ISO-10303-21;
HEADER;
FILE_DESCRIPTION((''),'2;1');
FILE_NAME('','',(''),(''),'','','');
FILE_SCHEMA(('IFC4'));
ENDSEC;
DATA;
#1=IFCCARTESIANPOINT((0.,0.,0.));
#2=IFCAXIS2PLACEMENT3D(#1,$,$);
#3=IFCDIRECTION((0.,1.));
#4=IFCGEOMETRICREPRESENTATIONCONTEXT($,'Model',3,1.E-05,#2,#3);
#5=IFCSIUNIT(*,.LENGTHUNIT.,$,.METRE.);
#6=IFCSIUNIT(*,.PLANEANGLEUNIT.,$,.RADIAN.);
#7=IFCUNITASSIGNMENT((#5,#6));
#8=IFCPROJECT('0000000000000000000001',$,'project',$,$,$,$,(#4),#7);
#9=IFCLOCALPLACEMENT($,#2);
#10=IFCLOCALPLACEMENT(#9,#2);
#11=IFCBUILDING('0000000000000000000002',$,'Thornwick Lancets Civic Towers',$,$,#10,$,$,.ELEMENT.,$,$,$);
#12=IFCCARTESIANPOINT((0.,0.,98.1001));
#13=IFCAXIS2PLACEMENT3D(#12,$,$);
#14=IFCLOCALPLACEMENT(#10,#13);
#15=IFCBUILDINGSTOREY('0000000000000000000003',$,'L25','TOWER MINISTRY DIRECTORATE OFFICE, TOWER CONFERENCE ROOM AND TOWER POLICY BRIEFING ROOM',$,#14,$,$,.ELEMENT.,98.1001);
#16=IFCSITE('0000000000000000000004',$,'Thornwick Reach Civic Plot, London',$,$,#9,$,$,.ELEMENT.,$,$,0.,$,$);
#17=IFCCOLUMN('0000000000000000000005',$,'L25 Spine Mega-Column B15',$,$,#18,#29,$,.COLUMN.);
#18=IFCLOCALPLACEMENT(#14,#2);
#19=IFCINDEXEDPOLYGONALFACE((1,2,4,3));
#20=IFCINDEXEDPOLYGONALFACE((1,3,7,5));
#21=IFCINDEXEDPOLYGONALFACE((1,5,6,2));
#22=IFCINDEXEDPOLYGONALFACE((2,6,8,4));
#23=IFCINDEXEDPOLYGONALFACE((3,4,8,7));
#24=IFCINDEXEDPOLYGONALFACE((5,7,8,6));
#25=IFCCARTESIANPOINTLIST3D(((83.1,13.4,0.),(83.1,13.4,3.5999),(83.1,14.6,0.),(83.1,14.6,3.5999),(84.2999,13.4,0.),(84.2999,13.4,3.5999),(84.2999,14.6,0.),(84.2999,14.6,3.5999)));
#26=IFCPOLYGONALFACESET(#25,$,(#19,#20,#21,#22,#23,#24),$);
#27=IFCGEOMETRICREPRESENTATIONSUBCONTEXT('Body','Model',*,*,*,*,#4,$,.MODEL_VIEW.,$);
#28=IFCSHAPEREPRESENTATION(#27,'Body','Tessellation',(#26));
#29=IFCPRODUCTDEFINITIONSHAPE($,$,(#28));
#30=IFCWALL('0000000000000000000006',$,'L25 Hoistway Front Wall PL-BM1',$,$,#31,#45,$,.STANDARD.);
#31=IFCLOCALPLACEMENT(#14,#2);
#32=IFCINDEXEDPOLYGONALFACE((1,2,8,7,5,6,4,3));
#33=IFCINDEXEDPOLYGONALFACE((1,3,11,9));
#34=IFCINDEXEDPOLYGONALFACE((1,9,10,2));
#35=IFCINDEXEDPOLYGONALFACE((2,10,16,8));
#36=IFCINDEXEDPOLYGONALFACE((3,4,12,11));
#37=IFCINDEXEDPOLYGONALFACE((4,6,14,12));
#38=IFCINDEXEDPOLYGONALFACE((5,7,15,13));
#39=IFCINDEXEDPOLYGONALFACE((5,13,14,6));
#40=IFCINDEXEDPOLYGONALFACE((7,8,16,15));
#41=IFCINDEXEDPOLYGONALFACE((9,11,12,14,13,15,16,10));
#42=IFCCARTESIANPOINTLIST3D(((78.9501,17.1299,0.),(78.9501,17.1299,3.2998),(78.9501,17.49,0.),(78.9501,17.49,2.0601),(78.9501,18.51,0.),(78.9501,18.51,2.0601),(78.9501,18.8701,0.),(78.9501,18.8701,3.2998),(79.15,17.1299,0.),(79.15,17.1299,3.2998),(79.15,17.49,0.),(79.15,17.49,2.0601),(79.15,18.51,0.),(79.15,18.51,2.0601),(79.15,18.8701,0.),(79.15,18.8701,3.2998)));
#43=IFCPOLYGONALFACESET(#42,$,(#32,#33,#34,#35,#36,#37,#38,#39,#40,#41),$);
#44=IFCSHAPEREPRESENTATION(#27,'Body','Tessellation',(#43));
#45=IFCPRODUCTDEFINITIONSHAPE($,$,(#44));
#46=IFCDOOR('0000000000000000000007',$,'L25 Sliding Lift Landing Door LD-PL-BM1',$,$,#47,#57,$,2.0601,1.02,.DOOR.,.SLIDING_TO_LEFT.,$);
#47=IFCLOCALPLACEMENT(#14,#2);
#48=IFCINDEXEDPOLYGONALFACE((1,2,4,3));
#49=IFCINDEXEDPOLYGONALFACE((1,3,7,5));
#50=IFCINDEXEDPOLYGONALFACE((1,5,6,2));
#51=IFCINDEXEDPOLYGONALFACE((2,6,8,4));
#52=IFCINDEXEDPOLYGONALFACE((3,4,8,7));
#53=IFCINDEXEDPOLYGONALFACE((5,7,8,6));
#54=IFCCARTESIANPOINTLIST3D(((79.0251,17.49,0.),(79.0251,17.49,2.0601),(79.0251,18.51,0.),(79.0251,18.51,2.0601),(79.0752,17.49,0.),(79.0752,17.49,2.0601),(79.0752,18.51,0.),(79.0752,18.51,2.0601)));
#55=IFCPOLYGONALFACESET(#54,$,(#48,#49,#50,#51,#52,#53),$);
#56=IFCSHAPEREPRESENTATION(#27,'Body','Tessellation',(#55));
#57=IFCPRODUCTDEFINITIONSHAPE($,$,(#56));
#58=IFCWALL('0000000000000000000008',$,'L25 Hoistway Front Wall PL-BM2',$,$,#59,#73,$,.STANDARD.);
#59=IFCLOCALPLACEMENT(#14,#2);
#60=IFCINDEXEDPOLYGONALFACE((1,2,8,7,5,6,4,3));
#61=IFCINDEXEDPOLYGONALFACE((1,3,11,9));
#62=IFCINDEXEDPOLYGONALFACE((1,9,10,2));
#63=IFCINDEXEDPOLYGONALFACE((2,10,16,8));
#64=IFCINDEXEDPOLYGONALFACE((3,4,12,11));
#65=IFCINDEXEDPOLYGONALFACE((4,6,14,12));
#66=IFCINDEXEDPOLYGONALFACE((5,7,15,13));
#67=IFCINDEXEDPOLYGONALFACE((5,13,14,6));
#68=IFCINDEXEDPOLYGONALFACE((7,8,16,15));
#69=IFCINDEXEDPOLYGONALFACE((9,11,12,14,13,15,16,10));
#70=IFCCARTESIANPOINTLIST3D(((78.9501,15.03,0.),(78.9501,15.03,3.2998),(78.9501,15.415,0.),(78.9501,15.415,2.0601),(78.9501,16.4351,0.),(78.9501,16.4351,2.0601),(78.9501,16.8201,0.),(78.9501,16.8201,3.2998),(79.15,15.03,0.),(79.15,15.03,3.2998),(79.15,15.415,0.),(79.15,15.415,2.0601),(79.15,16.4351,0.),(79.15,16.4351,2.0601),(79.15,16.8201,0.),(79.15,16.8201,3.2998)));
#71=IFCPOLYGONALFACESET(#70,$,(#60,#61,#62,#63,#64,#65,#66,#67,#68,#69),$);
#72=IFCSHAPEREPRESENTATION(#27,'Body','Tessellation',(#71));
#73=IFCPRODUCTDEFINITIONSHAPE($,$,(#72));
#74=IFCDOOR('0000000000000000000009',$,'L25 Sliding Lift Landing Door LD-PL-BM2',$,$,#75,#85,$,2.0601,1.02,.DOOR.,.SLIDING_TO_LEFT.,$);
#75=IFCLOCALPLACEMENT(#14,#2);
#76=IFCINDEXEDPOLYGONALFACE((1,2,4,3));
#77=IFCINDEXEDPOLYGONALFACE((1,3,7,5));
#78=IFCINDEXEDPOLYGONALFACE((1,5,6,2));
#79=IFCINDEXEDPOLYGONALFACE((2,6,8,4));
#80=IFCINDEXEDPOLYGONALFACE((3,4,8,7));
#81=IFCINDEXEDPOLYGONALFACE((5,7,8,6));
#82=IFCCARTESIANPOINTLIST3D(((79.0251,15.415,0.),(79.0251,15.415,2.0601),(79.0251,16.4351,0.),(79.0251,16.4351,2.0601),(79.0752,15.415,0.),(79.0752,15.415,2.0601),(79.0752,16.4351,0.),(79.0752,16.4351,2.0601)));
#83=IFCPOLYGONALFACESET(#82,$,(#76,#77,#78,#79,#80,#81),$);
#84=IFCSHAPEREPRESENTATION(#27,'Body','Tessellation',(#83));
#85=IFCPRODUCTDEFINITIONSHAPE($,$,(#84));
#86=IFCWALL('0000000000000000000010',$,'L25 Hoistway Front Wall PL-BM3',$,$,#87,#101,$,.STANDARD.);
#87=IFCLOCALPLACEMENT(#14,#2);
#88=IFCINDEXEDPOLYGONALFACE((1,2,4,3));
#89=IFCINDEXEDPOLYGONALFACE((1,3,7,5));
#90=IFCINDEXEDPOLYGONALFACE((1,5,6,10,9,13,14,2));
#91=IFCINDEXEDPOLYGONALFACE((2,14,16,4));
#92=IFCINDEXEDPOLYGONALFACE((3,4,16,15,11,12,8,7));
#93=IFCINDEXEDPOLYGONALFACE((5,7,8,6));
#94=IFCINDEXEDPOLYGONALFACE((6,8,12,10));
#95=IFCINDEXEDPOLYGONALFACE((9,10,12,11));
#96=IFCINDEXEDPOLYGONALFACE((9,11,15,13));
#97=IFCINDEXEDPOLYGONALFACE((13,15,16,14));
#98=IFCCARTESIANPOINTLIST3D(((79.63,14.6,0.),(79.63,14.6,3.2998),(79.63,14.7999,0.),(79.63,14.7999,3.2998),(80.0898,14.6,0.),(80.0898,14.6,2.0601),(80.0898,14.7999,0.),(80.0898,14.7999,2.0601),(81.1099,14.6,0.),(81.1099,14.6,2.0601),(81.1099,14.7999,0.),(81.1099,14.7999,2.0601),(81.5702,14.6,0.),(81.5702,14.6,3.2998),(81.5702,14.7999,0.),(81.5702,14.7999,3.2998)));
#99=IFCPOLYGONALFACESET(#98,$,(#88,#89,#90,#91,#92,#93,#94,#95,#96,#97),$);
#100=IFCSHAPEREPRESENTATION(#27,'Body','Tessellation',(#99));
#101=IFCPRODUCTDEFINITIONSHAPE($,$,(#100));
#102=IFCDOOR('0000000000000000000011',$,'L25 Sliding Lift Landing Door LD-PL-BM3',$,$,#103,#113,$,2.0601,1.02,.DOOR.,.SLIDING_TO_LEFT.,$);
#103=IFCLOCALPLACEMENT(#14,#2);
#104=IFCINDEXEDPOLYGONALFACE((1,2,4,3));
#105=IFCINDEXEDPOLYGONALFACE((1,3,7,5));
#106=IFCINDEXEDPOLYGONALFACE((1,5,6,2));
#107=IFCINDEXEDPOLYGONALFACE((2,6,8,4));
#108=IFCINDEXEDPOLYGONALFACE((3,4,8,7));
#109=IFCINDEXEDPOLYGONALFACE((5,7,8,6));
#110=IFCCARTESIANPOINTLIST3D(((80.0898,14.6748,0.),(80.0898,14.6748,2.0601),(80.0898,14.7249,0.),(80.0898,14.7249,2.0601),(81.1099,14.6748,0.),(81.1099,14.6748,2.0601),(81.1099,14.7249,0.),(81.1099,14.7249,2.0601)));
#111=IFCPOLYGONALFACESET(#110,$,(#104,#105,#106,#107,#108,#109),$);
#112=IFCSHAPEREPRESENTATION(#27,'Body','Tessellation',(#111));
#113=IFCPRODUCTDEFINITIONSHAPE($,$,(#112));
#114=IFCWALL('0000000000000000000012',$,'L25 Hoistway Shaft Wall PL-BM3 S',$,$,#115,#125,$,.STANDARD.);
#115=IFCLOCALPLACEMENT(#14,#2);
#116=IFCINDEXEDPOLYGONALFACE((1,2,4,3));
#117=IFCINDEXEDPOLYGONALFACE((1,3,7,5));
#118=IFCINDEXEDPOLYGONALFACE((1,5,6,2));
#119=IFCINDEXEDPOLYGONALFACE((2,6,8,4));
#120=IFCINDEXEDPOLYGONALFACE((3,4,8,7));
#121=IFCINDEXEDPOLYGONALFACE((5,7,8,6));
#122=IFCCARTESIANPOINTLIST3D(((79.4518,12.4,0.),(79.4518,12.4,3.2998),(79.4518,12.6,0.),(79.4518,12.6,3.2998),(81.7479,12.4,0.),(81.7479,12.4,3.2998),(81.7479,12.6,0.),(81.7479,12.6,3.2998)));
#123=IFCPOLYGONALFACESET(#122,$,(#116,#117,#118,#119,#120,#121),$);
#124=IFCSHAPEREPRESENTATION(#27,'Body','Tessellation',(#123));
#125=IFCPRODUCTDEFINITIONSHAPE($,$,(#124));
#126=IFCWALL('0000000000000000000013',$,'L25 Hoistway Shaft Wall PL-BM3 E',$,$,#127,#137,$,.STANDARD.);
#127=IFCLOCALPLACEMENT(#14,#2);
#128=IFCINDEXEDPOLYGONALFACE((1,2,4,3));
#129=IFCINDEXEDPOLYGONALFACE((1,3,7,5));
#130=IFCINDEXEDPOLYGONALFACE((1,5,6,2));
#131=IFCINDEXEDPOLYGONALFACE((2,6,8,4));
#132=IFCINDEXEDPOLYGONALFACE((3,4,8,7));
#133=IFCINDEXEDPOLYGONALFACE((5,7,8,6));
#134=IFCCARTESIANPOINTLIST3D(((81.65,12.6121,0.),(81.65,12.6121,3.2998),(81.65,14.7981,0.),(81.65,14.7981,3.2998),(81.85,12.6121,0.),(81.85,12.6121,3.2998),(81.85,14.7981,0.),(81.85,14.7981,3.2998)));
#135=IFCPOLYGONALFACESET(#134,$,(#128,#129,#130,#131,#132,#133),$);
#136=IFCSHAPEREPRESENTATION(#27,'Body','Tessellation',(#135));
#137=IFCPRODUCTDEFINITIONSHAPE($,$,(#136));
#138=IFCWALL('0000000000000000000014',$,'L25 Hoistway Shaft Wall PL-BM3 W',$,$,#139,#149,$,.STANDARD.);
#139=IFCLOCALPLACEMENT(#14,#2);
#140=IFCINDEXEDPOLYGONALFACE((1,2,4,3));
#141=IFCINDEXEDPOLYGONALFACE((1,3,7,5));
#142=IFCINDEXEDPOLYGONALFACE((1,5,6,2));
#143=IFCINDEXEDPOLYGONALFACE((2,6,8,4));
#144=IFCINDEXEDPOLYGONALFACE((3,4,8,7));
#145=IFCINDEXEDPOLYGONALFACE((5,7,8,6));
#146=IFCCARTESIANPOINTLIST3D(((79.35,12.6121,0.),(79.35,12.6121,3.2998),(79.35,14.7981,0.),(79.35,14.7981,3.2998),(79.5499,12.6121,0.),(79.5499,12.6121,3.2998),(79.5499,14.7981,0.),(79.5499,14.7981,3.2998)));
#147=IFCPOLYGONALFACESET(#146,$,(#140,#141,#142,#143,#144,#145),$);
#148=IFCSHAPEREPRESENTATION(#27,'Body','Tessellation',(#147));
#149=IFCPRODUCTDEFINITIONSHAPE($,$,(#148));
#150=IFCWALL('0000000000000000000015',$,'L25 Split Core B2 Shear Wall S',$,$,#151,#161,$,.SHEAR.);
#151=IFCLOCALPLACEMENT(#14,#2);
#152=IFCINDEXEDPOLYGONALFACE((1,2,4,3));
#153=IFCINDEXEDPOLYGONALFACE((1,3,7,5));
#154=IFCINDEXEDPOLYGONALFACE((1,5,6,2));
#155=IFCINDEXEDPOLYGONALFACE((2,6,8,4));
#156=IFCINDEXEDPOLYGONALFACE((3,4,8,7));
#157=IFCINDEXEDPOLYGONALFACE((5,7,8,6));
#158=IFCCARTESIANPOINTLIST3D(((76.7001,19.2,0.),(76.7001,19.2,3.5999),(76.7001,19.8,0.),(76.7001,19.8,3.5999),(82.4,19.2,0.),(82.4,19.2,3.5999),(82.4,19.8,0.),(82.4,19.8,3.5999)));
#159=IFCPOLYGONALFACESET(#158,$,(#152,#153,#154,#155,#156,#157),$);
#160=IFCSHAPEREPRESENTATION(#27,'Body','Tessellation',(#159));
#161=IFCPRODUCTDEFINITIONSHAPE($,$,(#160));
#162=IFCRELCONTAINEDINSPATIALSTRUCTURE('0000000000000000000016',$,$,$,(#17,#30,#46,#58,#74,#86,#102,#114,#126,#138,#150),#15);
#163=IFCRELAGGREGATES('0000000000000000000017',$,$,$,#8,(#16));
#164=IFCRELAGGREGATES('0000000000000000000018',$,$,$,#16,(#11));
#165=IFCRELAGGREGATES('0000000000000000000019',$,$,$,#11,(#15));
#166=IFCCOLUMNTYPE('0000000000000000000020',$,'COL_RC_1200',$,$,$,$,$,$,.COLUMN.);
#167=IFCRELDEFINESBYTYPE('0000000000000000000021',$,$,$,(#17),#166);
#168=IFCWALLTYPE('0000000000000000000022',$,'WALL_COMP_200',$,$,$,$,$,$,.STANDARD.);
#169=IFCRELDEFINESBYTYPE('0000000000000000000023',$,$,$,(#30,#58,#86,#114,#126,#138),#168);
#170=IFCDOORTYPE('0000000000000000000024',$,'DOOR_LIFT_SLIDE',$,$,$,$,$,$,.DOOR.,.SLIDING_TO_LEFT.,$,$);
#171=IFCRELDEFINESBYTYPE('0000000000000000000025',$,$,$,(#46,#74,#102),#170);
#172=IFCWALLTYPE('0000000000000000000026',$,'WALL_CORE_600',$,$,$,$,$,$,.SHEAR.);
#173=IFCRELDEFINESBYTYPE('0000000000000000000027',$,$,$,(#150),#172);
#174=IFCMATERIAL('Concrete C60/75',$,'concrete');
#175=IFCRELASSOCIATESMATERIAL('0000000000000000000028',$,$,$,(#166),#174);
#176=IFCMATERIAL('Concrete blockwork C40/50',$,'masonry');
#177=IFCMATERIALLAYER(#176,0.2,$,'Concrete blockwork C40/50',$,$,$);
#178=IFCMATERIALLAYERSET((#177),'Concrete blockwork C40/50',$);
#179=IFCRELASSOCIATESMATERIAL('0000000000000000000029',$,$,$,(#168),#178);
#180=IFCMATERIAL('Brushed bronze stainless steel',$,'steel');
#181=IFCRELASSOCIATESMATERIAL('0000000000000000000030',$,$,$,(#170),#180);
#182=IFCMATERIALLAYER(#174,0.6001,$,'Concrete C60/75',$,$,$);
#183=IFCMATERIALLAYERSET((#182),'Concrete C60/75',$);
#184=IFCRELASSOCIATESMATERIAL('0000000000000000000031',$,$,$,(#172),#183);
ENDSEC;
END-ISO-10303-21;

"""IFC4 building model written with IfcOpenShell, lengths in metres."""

from ifc_helpers import new_model, si_unit, direction, frame, frame_2d, origin, origin_2d, place, context, subcontext, project, spatial, rectangle, extrude, material, layer, layer_set, material_profile, profile_set, type_object, element, fill, save


model = new_model("IFC4")

# Units and contexts
model_context = context("Model", 3, precision=1e-05, world=origin(), true_north=direction((0.0, 1.0)))
body_context = subcontext(model_context, "Body", "Model", "MODEL_VIEW")
ifc_project = project(units=[si_unit("LENGTHUNIT", "METRE"), si_unit("PLANEANGLEUNIT", "RADIAN")], contexts=[model_context])

# Site, building, storey
site_placement = place(None, origin())
site = spatial("IfcSite", under=ifc_project, at=site_placement, Name="Thornwick Reach Civic Plot, London", CompositionType="ELEMENT", RefElevation=0.0)
building_placement = place(site_placement, origin())
building = spatial("IfcBuilding", under=site, at=building_placement, Name="Thornwick Lancets Civic Towers", CompositionType="ELEMENT")
storey_placement = place(building_placement, frame((0.0, 0.0, 98.1001)))
storey = spatial("IfcBuildingStorey", under=building, at=storey_placement, Name="L25", Description="TOWER MINISTRY DIRECTORATE OFFICE, TOWER CONFERENCE ROOM AND TOWER POLICY BRIEFING ROOM", CompositionType="ELEMENT", Elevation=98.1001)

# Column
ifc_material_1 = material(Name="Concrete C60/75", Category="concrete")
ifc_material_profile = material_profile(ifc_material_1, rectangle(XDim=1.2, YDim=1.2, at=origin_2d()), Name="RC 1200x1200")
ifc_profile_set = profile_set([ifc_material_profile], Name="Concrete C60/75")
column_type = type_object("IfcColumnType", Name="COL_RC_1200", PredefinedType="COLUMN", material=ifc_profile_set)
column_placement = place(storey_placement, frame((83.7, 14.0, 0.0), z_axis=(0.0, 0.0, 1.0), x_axis=(1.0, 0.0, 0.0)))
element("IfcColumn", 1, at=column_placement, inside=storey, type_object=column_type, Name="L25 Spine Mega-Column B15", PredefinedType="COLUMN", context=body_context, shape_type="SweptSolid", body=[
    extrude(rectangle(XDim=1.2, YDim=1.2, at=origin_2d()), origin(), (0.0, 0.0, 1.0), 3.5999),
])

# Walls, openings, doors
ifc_material_2 = material(Name="Concrete blockwork C40/50", Category="masonry")
ifc_layer_1 = layer(ifc_material_2, 0.2, Name="Concrete blockwork C40/50")
ifc_layer_set_1 = layer_set([ifc_layer_1], Name="Concrete blockwork C40/50")
wall_type_1 = type_object("IfcWallType", Name="WALL_COMP_200", PredefinedType="STANDARD", material=ifc_layer_set_1)
wall_1_placement = place(storey_placement, frame((79.05, 17.1299, 0.0), z_axis=(0.0, 0.0, 1.0), x_axis=(0.0, 1.0, 0.0)))
wall_1 = element("IfcWall", 2, at=wall_1_placement, inside=storey, type_object=wall_type_1, Name="L25 Hoistway Front Wall PL-BM1", PredefinedType="STANDARD", context=body_context, shape_type="SweptSolid", body=[
    extrude(rectangle(XDim=1.7402, YDim=0.2, at=frame_2d((0.8701, 0.0))), origin(), (0.0, 0.0, 1.0), 3.2998),
])
opening_1_placement = place(wall_1_placement, frame((0.3601, 0.0, 0.0)))
opening_1 = element("IfcOpeningElement", 3, at=opening_1_placement, cuts=wall_1, PredefinedType="OPENING", context=body_context, shape_type="SweptSolid", body=[
    extrude(rectangle(XDim=1.02, YDim=2.0601, at=frame_2d((0.51, 1.03))), frame((0.0, 0.1099, 0.0), z_axis=(0.0, -1.0, 0.0), x_axis=(1.0, 0.0, 0.0)), (0.0, 0.0, 1.0), 0.22),
])
ifc_material_3 = material(Name="Brushed bronze stainless steel", Category="steel")
door_type_1 = type_object("IfcDoorType", Name="DOOR_LIFT_SLIDE", OperationType="SLIDING_TO_LEFT", PredefinedType="DOOR", material=ifc_material_3)
door_1_placement = place(opening_1_placement, origin())
door_1 = element("IfcDoor", 4, at=door_1_placement, inside=storey, type_object=door_type_1, Name="L25 Sliding Lift Landing Door LD-PL-BM1", OperationType="SLIDING_TO_LEFT", OverallHeight=2.0601, OverallWidth=1.02, PredefinedType="DOOR", context=body_context, shape_type="SweptSolid", body=[
    extrude(rectangle(XDim=1.02, YDim=2.0601, at=frame_2d((0.51, 1.03))), frame((0.0, 0.0249, 0.0), z_axis=(0.0, -1.0, 0.0), x_axis=(1.0, 0.0, 0.0)), (0.0, 0.0, 1.0), 0.05),
])
fill(opening_1, door_1)
wall_2_placement = place(storey_placement, frame((79.05, 15.03, 0.0), z_axis=(0.0, 0.0, 1.0), x_axis=(0.0, 1.0, 0.0)))
wall_2 = element("IfcWall", 5, at=wall_2_placement, inside=storey, type_object=wall_type_1, Name="L25 Hoistway Front Wall PL-BM2", PredefinedType="STANDARD", context=body_context, shape_type="SweptSolid", body=[
    extrude(rectangle(XDim=1.79, YDim=0.2, at=frame_2d((0.895, 0.0))), origin(), (0.0, 0.0, 1.0), 3.2998),
])
opening_2_placement = place(wall_2_placement, frame((0.385, 0.0, 0.0)))
opening_2 = element("IfcOpeningElement", 6, at=opening_2_placement, cuts=wall_2, PredefinedType="OPENING", context=body_context, shape_type="SweptSolid", body=[
    extrude(rectangle(XDim=1.02, YDim=2.0601, at=frame_2d((0.51, 1.03))), frame((0.0, 0.1099, 0.0), z_axis=(0.0, -1.0, 0.0), x_axis=(1.0, 0.0, 0.0)), (0.0, 0.0, 1.0), 0.22),
])
door_2_placement = place(opening_2_placement, origin())
door_2 = element("IfcDoor", 7, at=door_2_placement, inside=storey, type_object=door_type_1, Name="L25 Sliding Lift Landing Door LD-PL-BM2", OperationType="SLIDING_TO_LEFT", OverallHeight=2.0601, OverallWidth=1.02, PredefinedType="DOOR", context=body_context, shape_type="SweptSolid", body=[
    extrude(rectangle(XDim=1.02, YDim=2.0601, at=frame_2d((0.51, 1.03))), frame((0.0, 0.0249, 0.0), z_axis=(0.0, -1.0, 0.0), x_axis=(1.0, 0.0, 0.0)), (0.0, 0.0, 1.0), 0.05),
])
fill(opening_2, door_2)
wall_3_placement = place(storey_placement, frame((79.6299, 14.7, 0.0), z_axis=(0.0, 0.0, 1.0), x_axis=(1.0, 0.0, 0.0)))
wall_3 = element("IfcWall", 8, at=wall_3_placement, inside=storey, type_object=wall_type_1, Name="L25 Hoistway Front Wall PL-BM3", PredefinedType="STANDARD", context=body_context, shape_type="SweptSolid", body=[
    extrude(rectangle(XDim=1.9402, YDim=0.2, at=frame_2d((0.9702, 0.0))), origin(), (0.0, 0.0, 1.0), 3.2998),
])
opening_3_placement = place(wall_3_placement, frame((0.46, 0.0, 0.0)))
opening_3 = element("IfcOpeningElement", 9, at=opening_3_placement, cuts=wall_3, PredefinedType="OPENING", context=body_context, shape_type="SweptSolid", body=[
    extrude(rectangle(XDim=1.02, YDim=2.0601, at=frame_2d((0.51, 1.03))), frame((0.0, 0.1099, 0.0), z_axis=(0.0, -1.0, 0.0), x_axis=(1.0, 0.0, 0.0)), (0.0, 0.0, 1.0), 0.22),
])
door_3_placement = place(opening_3_placement, origin())
door_3 = element("IfcDoor", 10, at=door_3_placement, inside=storey, type_object=door_type_1, Name="L25 Sliding Lift Landing Door LD-PL-BM3", OperationType="SLIDING_TO_LEFT", OverallHeight=2.0601, OverallWidth=1.02, PredefinedType="DOOR", context=body_context, shape_type="SweptSolid", body=[
    extrude(rectangle(XDim=1.02, YDim=2.0601, at=frame_2d((0.51, 1.03))), frame((0.0, 0.0249, 0.0), z_axis=(0.0, -1.0, 0.0), x_axis=(1.0, 0.0, 0.0)), (0.0, 0.0, 1.0), 0.05),
])
fill(opening_3, door_3)

# Walls
wall_4_placement = place(storey_placement, frame((79.4519, 12.5, 0.0), z_axis=(0.0, 0.0, 1.0), x_axis=(1.0, 0.0, 0.0)))
element("IfcWall", 11, at=wall_4_placement, inside=storey, type_object=wall_type_1, Name="L25 Hoistway Shaft Wall PL-BM3 S", PredefinedType="STANDARD", context=body_context, shape_type="SweptSolid", body=[
    extrude(rectangle(XDim=2.2961, YDim=0.2, at=frame_2d((1.1479, 0.0))), origin(), (0.0, 0.0, 1.0), 3.2998),
])
for number, where, z_axis, x_axis, name in (
    (12, (81.75, 12.6121, 0.0), (0.0, 0.0, 1.0), (0.0, 1.0, 0.0), "L25 Hoistway Shaft Wall PL-BM3 E"),
    (13, (79.45, 12.6121, 0.0), (0.0, 0.0, 1.0), (0.0, 1.0, 0.0), "L25 Hoistway Shaft Wall PL-BM3 W"),
):
    element("IfcWall", number, at=place(storey_placement, frame(where, z_axis=z_axis, x_axis=x_axis)), inside=storey, type_object=wall_type_1, Name=name, PredefinedType="STANDARD", context=body_context, shape_type="SweptSolid", body=[
        extrude(rectangle(XDim=2.186, YDim=0.2, at=frame_2d((1.093, 0.0))), origin(), (0.0, 0.0, 1.0), 3.2998),
    ])
ifc_layer_2 = layer(ifc_material_1, 0.6001, Name="Concrete C60/75")
ifc_layer_set_2 = layer_set([ifc_layer_2], Name="Concrete C60/75")
wall_type_2 = type_object("IfcWallType", Name="WALL_CORE_600", PredefinedType="SHEAR", material=ifc_layer_set_2)
wall_5_placement = place(storey_placement, frame((76.7, 19.5, 0.0), z_axis=(0.0, 0.0, 1.0), x_axis=(1.0, 0.0, 0.0)))
element("IfcWall", 14, at=wall_5_placement, inside=storey, type_object=wall_type_2, Name="L25 Split Core B2 Shear Wall S", PredefinedType="SHEAR", context=body_context, shape_type="SweptSolid", body=[
    extrude(rectangle(XDim=5.7, YDim=0.6001, at=frame_2d((2.8501, 0.0))), origin(), (0.0, 0.0, 1.0), 3.5999),
])

save(model, "model.ifc")
